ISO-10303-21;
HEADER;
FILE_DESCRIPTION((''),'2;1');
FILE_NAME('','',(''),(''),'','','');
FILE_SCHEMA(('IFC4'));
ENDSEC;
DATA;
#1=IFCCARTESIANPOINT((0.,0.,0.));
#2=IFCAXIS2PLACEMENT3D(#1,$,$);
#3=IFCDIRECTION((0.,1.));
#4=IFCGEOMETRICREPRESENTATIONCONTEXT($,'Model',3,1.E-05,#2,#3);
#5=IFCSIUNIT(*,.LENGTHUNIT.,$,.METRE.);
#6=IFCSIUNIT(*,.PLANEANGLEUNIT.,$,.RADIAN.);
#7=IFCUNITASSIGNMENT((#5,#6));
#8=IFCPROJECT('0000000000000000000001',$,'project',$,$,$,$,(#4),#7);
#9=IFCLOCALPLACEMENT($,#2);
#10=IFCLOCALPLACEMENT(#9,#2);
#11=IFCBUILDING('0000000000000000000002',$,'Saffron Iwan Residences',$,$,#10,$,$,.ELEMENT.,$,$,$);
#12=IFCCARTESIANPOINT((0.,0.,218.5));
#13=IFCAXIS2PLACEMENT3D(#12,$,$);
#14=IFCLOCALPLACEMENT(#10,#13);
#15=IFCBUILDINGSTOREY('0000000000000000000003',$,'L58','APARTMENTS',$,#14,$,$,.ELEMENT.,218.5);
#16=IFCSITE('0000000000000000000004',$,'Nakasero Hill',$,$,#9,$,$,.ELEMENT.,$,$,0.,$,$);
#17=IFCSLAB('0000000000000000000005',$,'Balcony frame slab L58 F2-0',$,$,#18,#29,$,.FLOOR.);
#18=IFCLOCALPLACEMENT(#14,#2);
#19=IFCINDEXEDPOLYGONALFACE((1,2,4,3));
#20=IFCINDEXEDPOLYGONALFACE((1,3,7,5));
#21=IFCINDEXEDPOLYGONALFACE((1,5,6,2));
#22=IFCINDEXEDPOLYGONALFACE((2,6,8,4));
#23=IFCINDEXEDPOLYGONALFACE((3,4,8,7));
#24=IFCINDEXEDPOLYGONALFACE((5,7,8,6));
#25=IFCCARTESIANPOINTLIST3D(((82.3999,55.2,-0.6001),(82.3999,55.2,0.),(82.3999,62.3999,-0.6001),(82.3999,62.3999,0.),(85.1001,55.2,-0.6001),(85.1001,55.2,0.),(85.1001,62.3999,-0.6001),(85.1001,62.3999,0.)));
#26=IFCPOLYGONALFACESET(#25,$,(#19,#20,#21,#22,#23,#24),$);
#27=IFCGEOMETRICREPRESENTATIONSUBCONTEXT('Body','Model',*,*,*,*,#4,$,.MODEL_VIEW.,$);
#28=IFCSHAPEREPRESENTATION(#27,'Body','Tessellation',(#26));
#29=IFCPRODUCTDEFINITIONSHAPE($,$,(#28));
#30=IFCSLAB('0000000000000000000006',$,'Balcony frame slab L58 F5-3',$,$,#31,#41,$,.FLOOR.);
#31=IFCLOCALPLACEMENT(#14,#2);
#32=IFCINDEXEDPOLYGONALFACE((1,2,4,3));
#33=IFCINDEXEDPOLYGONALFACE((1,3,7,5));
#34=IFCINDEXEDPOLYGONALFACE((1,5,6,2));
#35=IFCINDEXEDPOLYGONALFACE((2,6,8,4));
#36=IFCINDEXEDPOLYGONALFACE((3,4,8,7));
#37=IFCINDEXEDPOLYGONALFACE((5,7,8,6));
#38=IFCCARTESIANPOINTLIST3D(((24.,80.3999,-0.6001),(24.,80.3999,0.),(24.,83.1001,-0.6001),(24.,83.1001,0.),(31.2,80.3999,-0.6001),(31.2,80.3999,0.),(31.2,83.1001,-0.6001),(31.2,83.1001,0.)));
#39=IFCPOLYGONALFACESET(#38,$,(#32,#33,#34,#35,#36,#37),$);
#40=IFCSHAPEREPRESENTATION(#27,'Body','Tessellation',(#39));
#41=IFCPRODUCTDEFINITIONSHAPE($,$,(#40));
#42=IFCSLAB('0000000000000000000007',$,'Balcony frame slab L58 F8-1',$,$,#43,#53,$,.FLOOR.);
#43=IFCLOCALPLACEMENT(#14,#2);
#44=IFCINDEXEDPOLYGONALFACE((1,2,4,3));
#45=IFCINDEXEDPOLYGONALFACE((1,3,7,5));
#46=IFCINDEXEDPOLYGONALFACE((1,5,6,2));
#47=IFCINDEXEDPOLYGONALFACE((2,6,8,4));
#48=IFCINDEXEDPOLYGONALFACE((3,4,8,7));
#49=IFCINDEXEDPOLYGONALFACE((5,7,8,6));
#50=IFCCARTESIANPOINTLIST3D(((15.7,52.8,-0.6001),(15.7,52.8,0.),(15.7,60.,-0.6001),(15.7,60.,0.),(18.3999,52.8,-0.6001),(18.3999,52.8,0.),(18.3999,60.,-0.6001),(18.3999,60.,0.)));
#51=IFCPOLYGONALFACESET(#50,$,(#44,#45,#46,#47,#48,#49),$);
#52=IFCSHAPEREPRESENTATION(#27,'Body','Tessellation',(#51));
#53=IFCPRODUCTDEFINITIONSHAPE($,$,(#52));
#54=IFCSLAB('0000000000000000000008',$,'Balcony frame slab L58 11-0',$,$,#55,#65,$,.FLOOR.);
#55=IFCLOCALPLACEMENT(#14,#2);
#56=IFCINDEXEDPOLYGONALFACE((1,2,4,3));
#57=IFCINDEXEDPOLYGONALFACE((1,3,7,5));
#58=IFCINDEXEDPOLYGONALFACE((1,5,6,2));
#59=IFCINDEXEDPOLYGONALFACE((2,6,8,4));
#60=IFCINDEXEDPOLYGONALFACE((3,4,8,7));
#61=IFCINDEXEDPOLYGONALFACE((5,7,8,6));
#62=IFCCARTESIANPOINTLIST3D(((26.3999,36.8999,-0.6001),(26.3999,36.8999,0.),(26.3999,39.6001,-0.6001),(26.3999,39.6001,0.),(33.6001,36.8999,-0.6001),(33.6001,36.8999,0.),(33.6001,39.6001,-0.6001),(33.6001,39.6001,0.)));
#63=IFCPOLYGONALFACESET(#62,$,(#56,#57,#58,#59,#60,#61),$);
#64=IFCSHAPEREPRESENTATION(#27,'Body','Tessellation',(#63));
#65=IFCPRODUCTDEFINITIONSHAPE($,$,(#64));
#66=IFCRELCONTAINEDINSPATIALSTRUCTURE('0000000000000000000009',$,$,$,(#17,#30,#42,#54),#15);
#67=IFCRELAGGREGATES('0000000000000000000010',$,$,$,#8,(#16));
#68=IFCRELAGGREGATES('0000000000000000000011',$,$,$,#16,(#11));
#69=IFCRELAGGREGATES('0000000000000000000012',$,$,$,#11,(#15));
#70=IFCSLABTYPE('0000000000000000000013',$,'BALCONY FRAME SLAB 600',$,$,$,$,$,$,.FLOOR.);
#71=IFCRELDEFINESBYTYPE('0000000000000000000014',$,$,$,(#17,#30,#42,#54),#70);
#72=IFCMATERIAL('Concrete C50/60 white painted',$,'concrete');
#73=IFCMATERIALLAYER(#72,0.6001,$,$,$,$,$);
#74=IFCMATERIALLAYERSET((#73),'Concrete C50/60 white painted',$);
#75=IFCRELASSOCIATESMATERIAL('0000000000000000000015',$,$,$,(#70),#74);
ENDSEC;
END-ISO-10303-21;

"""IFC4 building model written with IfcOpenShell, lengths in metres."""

from ifc_helpers import new_model, si_unit, direction, frame, origin, place, context, subcontext, project, spatial, polyline, outline, extrude, material, layer, layer_set, type_object, element, save


model = new_model("IFC4")

# Units and contexts
model_context = context("Model", 3, precision=1e-05, world=origin(), true_north=direction((0.0, 1.0)))
body_context = subcontext(model_context, "Body", "Model", "MODEL_VIEW")
ifc_project = project(units=[si_unit("LENGTHUNIT", "METRE"), si_unit("PLANEANGLEUNIT", "RADIAN")], contexts=[model_context])

# Site, building, storey
site_placement = place(None, origin())
site = spatial("IfcSite", under=ifc_project, at=site_placement, Name="Nakasero Hill", CompositionType="ELEMENT", RefElevation=0.0)
building_placement = place(site_placement, origin())
building = spatial("IfcBuilding", under=site, at=building_placement, Name="Saffron Iwan Residences", CompositionType="ELEMENT")
storey_placement = place(building_placement, frame((0.0, 0.0, 218.5)))
storey = spatial("IfcBuildingStorey", under=building, at=storey_placement, Name="L58", Description="APARTMENTS", CompositionType="ELEMENT", Elevation=218.5)

# Slabs
ifc_material_1 = material(Name="Concrete C50/60 white painted", Category="concrete")
ifc_layer_1 = layer(ifc_material_1, 0.6001)
ifc_layer_set_1 = layer_set([ifc_layer_1], Name="Concrete C50/60 white painted")
slab_type_1 = type_object("IfcSlabType", Name="BALCONY FRAME SLAB 600", PredefinedType="FLOOR", material=ifc_layer_set_1)
slab_1_placement = place(storey_placement, frame((0.0, 0.0, -0.6001)))
element("IfcSlab", 1, at=slab_1_placement, inside=storey, type_object=slab_type_1, Name="Balcony frame slab L58 F2-0", PredefinedType="FLOOR", context=body_context, shape_type="SweptSolid", body=[
    extrude(outline(polyline([(85.1001, 55.2), (85.1001, 62.3999), (82.3999, 62.3999), (82.3999, 55.2), (85.1001, 55.2)])), origin(), (0.0, 0.0, 1.0), 0.6001),
])
slab_2_placement = place(storey_placement, frame((0.0, 0.0, -0.6001)))
element("IfcSlab", 2, at=slab_2_placement, inside=storey, type_object=slab_type_1, Name="Balcony frame slab L58 F5-3", PredefinedType="FLOOR", context=body_context, shape_type="SweptSolid", body=[
    extrude(outline(polyline([(31.2, 83.1001), (24.0, 83.1001), (24.0, 80.3999), (31.2, 80.3999), (31.2, 83.1001)])), origin(), (0.0, 0.0, 1.0), 0.6001),
])
slab_3_placement = place(storey_placement, frame((0.0, 0.0, -0.6001)))
element("IfcSlab", 3, at=slab_3_placement, inside=storey, type_object=slab_type_1, Name="Balcony frame slab L58 F8-1", PredefinedType="FLOOR", context=body_context, shape_type="SweptSolid", body=[
    extrude(outline(polyline([(15.7, 60.0), (15.7, 52.8), (18.3999, 52.8), (18.3999, 60.0), (15.7, 60.0)])), origin(), (0.0, 0.0, 1.0), 0.6001),
])
slab_4_placement = place(storey_placement, frame((0.0, 0.0, -0.6001)))
element("IfcSlab", 4, at=slab_4_placement, inside=storey, type_object=slab_type_1, Name="Balcony frame slab L58 11-0", PredefinedType="FLOOR", context=body_context, shape_type="SweptSolid", body=[
    extrude(outline(polyline([(26.3999, 36.8999), (33.6001, 36.8999), (33.6001, 39.6001), (26.3999, 39.6001), (26.3999, 36.8999)])), origin(), (0.0, 0.0, 1.0), 0.6001),
])

save(model, "model.ifc")
